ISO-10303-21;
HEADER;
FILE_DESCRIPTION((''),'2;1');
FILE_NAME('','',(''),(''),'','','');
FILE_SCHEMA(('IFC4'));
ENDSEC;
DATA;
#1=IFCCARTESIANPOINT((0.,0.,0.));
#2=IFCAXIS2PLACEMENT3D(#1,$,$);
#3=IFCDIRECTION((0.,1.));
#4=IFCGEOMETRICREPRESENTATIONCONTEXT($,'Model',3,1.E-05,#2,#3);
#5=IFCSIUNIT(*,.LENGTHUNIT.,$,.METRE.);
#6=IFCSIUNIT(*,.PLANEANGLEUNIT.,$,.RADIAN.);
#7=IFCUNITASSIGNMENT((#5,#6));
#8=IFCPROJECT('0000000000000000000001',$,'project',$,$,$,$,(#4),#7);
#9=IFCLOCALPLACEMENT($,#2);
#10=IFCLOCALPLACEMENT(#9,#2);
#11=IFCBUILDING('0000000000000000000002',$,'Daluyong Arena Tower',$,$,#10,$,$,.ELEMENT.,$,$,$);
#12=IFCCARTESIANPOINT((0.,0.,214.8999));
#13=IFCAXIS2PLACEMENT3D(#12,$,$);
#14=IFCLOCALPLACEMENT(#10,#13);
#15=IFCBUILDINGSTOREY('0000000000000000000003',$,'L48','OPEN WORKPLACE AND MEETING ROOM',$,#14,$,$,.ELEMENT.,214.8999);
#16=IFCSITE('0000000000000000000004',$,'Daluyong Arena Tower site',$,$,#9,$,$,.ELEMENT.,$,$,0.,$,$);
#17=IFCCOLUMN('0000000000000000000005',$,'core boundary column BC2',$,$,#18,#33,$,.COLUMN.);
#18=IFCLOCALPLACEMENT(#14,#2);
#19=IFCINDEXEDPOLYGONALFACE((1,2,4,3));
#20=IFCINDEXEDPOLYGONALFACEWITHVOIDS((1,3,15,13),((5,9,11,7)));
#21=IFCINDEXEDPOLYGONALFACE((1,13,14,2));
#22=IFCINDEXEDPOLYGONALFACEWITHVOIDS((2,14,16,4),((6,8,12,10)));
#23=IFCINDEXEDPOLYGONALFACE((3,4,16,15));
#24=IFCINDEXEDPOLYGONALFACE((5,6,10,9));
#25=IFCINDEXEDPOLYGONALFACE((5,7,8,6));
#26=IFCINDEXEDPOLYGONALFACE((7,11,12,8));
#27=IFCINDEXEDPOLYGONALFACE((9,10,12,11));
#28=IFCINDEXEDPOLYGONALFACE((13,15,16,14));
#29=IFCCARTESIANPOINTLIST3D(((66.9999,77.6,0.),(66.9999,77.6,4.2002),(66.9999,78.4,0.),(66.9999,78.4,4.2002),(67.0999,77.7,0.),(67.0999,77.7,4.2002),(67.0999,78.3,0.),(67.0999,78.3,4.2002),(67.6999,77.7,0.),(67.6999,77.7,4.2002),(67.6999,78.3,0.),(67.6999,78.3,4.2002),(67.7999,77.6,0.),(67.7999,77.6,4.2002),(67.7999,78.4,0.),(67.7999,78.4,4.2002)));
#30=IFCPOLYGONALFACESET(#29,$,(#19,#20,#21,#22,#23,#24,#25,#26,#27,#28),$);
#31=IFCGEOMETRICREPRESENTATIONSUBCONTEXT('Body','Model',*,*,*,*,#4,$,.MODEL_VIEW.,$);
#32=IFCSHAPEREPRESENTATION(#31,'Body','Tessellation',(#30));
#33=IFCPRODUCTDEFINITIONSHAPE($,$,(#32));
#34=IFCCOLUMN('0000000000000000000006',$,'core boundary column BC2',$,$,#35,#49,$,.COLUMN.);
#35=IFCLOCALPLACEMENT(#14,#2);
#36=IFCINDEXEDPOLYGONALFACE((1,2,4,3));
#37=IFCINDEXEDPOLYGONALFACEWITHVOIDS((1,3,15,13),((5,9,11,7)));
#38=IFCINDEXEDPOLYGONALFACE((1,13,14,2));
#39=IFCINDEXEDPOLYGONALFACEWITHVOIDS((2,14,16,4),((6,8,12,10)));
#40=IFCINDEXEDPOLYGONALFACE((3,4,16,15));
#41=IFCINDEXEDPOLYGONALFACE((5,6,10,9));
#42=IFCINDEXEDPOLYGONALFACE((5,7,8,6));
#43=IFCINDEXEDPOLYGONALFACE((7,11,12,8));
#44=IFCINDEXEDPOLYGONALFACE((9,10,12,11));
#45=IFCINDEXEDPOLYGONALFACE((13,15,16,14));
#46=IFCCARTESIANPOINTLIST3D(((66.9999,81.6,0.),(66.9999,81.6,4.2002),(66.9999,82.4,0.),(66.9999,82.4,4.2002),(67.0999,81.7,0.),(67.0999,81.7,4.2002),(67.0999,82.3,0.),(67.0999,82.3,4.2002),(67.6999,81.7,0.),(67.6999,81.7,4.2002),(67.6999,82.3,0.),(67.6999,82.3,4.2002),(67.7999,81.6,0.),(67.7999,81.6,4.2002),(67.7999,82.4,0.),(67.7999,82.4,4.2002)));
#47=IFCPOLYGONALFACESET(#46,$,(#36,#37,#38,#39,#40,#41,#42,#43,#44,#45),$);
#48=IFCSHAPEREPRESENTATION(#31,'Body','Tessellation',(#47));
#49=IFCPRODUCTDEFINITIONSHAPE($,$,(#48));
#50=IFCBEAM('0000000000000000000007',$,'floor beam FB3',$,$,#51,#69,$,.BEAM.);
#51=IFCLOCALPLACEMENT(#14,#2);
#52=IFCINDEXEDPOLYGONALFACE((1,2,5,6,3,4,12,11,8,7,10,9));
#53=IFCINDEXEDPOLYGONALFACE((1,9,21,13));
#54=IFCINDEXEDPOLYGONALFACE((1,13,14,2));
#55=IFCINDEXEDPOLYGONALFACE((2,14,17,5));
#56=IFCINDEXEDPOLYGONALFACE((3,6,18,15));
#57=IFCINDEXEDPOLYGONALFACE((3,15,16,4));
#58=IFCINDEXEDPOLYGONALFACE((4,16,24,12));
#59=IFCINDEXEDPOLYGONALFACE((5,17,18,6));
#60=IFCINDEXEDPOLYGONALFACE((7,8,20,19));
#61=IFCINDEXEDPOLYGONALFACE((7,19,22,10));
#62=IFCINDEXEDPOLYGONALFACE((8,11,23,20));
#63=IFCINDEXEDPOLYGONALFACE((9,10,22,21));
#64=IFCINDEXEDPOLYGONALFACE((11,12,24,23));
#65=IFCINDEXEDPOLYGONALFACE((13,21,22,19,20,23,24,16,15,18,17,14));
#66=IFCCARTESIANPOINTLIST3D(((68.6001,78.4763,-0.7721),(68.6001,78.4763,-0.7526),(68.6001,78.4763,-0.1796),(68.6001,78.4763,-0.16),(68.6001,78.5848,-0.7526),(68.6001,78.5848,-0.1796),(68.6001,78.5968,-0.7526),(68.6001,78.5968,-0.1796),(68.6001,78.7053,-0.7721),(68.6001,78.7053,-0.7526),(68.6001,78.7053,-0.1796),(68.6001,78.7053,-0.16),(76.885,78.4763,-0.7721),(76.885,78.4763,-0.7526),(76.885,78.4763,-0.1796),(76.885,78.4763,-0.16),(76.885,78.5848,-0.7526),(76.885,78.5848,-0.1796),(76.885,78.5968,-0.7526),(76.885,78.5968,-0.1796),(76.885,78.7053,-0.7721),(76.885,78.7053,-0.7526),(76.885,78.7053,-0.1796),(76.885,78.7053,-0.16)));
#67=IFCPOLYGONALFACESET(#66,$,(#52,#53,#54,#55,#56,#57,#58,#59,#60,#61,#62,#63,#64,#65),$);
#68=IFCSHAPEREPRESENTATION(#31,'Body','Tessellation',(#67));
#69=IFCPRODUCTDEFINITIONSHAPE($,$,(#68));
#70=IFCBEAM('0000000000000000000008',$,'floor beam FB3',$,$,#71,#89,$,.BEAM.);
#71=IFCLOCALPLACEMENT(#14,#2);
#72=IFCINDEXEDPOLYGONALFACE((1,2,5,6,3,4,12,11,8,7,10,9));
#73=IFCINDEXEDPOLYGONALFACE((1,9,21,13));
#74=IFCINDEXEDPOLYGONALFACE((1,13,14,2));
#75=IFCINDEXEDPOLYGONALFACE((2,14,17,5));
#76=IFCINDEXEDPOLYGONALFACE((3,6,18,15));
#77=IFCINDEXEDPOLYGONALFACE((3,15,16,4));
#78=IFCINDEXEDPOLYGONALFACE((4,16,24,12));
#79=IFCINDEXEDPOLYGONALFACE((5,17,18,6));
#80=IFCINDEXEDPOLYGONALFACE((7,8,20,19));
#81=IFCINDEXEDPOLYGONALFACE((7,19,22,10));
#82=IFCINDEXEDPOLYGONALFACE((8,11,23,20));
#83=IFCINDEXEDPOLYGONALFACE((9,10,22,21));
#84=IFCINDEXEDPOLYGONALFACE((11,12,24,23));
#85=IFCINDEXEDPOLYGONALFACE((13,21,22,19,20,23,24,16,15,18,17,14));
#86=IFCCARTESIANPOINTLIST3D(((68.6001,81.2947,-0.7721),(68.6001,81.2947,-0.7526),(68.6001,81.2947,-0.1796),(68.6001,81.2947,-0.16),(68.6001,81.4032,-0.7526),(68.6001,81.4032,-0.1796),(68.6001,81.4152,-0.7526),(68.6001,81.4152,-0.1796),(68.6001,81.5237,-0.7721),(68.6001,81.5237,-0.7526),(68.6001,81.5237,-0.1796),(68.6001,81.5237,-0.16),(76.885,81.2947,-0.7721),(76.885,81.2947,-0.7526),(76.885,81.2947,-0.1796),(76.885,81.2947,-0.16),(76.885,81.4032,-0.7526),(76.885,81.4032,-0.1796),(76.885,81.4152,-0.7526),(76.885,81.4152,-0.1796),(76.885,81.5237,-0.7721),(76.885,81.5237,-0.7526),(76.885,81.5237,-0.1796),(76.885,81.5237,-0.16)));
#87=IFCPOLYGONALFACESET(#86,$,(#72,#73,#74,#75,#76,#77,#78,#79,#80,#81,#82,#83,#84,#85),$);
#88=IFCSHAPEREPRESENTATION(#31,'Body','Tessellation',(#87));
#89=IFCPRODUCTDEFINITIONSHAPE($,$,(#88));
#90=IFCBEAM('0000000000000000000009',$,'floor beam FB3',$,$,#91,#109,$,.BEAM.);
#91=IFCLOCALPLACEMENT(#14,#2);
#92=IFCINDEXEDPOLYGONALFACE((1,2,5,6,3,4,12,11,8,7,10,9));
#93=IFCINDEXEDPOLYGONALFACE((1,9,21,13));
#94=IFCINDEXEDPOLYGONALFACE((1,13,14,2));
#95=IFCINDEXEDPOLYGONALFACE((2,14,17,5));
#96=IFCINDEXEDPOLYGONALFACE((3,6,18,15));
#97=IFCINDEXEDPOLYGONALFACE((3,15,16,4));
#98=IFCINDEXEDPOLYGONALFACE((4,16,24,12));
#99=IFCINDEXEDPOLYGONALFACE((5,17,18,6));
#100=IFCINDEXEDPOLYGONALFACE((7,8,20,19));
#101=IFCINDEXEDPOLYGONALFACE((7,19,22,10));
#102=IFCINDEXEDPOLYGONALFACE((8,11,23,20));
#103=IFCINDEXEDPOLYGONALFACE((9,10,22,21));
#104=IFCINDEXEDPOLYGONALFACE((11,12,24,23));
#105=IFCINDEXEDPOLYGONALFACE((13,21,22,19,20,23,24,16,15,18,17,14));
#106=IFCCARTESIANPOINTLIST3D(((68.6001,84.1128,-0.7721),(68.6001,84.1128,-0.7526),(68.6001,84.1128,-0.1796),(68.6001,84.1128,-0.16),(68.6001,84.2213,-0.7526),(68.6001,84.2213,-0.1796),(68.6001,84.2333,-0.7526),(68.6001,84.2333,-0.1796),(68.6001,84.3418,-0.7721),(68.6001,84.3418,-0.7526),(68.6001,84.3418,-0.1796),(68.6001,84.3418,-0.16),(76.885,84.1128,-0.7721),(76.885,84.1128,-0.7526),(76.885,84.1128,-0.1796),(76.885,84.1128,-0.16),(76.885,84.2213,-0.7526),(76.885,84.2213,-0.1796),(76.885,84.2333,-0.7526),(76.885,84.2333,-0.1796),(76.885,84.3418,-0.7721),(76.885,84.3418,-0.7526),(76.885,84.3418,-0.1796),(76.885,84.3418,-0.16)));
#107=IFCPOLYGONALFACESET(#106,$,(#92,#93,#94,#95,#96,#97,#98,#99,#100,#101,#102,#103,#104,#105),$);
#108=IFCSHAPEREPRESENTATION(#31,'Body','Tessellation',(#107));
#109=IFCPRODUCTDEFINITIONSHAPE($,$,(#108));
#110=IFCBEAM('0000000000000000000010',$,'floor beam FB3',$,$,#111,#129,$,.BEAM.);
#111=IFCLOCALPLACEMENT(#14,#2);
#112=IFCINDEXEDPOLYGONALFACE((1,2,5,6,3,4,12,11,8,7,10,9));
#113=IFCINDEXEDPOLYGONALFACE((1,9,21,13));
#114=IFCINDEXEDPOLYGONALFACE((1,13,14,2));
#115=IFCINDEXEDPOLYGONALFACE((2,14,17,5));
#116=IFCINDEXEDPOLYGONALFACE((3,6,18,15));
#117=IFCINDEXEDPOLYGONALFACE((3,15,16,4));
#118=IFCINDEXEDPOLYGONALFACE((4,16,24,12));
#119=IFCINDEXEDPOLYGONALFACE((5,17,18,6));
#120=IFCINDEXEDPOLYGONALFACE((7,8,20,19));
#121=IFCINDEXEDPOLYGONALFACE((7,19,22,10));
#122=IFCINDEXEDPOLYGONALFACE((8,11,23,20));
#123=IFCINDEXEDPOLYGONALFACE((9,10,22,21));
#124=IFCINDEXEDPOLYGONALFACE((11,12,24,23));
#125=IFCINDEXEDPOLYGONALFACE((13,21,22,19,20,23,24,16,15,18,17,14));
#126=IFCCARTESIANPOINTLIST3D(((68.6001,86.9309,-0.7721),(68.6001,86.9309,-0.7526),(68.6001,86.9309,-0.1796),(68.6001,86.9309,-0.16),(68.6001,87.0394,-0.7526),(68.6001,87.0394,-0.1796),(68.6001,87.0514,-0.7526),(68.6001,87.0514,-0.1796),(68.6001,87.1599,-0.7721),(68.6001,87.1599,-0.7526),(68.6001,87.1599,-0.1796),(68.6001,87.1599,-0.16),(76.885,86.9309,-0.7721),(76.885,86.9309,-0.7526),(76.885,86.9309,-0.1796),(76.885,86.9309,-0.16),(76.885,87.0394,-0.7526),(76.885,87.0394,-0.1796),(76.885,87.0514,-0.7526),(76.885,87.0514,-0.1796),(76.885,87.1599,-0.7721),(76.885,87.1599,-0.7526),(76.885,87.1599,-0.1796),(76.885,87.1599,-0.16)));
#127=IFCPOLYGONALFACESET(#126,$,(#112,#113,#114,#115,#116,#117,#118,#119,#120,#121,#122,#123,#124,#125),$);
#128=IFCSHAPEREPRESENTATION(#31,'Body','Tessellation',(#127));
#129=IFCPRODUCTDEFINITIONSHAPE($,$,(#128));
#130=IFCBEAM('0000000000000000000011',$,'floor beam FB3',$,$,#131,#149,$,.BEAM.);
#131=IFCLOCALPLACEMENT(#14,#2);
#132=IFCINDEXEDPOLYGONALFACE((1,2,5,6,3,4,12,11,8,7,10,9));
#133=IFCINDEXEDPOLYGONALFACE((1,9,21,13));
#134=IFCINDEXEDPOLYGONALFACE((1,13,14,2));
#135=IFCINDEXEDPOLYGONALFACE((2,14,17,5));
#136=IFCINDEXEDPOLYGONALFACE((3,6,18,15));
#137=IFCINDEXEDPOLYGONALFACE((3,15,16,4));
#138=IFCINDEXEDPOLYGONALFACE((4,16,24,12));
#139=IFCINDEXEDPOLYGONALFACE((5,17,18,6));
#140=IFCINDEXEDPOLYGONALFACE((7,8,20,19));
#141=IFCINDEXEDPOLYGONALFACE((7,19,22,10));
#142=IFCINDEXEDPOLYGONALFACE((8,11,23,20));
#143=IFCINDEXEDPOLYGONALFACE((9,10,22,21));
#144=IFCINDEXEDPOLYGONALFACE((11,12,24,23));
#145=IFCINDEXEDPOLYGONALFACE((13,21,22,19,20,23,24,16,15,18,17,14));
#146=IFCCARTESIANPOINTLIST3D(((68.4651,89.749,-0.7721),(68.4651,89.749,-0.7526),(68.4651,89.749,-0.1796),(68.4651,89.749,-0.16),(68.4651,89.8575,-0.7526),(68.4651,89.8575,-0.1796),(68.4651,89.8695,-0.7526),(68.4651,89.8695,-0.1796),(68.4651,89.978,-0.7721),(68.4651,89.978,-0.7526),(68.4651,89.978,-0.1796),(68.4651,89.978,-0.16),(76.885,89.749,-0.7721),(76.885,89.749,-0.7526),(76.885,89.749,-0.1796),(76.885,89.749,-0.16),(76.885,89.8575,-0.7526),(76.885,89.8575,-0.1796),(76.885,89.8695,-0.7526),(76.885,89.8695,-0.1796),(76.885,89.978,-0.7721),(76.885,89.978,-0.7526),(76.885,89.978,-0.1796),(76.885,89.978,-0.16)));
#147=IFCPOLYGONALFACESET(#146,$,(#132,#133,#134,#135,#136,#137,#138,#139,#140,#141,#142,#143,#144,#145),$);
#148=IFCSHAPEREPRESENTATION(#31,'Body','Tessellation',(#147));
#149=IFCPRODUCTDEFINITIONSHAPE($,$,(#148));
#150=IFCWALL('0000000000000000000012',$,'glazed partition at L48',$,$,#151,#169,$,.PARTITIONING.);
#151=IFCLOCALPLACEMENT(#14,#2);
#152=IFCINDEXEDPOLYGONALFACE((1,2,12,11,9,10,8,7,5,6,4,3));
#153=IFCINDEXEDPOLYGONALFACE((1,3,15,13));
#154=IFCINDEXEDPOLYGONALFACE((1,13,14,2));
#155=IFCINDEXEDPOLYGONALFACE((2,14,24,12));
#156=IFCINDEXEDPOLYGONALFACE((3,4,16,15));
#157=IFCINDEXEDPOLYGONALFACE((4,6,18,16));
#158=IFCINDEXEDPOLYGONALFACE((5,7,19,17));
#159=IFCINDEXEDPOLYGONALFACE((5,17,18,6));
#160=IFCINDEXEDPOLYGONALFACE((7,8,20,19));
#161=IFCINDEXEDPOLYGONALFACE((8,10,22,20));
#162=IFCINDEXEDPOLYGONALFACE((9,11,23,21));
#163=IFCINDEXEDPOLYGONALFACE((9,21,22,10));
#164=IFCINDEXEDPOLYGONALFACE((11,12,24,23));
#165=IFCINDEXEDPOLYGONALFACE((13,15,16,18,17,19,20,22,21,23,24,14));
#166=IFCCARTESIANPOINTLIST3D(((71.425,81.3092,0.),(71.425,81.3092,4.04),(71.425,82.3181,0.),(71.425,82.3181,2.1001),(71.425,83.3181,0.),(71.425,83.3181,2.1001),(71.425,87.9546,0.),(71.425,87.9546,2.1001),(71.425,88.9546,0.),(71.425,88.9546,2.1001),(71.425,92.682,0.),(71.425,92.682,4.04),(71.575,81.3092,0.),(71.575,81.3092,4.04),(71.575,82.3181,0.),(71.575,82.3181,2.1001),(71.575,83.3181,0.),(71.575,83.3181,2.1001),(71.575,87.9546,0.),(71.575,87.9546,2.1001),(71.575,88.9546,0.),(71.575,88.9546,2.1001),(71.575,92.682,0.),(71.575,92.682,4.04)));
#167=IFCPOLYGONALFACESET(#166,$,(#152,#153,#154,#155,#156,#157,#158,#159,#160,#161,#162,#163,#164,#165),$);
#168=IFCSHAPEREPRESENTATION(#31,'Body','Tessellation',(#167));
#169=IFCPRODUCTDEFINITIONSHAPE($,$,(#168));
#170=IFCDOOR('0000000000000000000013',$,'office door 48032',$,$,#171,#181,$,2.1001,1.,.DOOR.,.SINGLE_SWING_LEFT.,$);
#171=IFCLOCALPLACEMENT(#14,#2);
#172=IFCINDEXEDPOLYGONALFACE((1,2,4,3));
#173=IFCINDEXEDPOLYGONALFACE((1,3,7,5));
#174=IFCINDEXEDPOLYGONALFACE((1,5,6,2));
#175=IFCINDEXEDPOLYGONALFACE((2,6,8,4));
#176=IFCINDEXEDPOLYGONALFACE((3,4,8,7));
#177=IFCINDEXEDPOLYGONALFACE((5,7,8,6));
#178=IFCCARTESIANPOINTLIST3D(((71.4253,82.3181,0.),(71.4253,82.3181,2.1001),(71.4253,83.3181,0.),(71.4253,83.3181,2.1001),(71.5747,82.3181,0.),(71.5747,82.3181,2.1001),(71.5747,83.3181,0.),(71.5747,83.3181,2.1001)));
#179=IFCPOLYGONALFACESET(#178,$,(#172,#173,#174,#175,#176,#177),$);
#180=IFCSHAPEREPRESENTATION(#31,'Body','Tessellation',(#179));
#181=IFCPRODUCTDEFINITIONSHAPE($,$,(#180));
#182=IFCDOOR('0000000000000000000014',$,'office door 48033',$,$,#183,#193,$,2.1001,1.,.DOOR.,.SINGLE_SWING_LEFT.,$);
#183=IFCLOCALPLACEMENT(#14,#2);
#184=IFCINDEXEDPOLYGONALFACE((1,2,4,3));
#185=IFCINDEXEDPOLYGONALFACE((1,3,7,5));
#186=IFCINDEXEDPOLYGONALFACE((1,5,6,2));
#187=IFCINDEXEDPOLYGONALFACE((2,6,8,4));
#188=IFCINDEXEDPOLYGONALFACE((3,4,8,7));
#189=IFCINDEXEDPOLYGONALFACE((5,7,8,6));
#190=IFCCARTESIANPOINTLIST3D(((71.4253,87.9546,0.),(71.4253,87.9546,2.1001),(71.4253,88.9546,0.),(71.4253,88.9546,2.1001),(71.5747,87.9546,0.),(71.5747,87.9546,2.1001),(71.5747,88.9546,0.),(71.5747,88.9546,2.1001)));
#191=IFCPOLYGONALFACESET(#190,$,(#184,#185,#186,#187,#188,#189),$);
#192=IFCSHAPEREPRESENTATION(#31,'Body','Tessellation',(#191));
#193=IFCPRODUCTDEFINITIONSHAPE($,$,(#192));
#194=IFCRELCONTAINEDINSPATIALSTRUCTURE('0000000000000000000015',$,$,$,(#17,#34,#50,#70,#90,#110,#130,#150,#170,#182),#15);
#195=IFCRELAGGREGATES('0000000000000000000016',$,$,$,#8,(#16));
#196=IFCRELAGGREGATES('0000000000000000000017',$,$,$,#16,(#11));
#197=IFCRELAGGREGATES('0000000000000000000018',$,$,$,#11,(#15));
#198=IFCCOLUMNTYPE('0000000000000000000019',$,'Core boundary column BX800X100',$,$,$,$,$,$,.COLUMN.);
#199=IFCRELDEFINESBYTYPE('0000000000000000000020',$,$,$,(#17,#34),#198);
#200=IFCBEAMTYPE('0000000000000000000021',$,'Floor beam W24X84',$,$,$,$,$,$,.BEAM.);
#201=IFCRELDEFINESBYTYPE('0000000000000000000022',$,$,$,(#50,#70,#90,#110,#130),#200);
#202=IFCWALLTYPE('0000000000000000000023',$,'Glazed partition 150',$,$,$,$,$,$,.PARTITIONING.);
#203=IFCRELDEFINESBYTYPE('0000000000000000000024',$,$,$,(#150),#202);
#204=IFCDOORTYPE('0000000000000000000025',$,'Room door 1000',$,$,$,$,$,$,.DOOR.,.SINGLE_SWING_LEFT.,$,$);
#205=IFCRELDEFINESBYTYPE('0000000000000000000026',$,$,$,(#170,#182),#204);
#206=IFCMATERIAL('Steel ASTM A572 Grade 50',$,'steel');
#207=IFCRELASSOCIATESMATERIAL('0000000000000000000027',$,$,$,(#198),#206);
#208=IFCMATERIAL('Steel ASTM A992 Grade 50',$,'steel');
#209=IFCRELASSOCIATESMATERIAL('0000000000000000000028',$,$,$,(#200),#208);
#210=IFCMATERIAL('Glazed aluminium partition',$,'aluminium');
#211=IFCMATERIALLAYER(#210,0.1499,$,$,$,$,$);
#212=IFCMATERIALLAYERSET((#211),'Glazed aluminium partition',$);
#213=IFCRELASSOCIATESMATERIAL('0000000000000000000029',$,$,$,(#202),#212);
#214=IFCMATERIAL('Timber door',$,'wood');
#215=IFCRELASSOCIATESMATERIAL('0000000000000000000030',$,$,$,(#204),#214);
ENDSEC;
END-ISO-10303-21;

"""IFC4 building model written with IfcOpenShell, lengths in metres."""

from ifc_helpers import new_model, si_unit, direction, frame, frame_2d, origin, origin_2d, place, context, subcontext, project, spatial, rectangle, hollow_rectangle, i_section, extrude, material, layer, layer_set, material_profile, profile_set, type_object, element, fill, save


model = new_model("IFC4")

# Units and contexts
model_context = context("Model", 3, precision=1e-05, world=origin(), true_north=direction((0.0, 1.0)))
body_context = subcontext(model_context, "Body", "Model", "MODEL_VIEW")
ifc_project = project(units=[si_unit("LENGTHUNIT", "METRE"), si_unit("PLANEANGLEUNIT", "RADIAN")], contexts=[model_context])

# Site, building, storey
site_placement = place(None, origin())
site = spatial("IfcSite", under=ifc_project, at=site_placement, Name="Daluyong Arena Tower site", CompositionType="ELEMENT", RefElevation=0.0)
building_placement = place(site_placement, origin())
building = spatial("IfcBuilding", under=site, at=building_placement, Name="Daluyong Arena Tower", CompositionType="ELEMENT")
storey_placement = place(building_placement, frame((0.0, 0.0, 214.8999)))
storey = spatial("IfcBuildingStorey", under=building, at=storey_placement, Name="L48", Description="OPEN WORKPLACE AND MEETING ROOM", CompositionType="ELEMENT", Elevation=214.8999)

# Columns
ifc_material_1 = material(Name="Steel ASTM A572 Grade 50", Category="steel")
ifc_material_profile_1 = material_profile(ifc_material_1, hollow_rectangle(XDim=0.8, YDim=0.8, WallThickness=0.1, at=origin_2d()))
ifc_profile_set_1 = profile_set([ifc_material_profile_1], Name="Steel ASTM A572 Grade 50")
column_type = type_object("IfcColumnType", Name="Core boundary column BX800X100", PredefinedType="COLUMN", material=ifc_profile_set_1)
for number, where, z_axis, x_axis, name in (
    (1, (67.3999, 78.0, 0.0), (0.0, 0.0, 1.0), (1.0, 0.0, 0.0), "core boundary column BC2"),
    (2, (67.3999, 82.0, 0.0), (0.0, 0.0, 1.0), (1.0, 0.0, 0.0), "core boundary column BC2"),
):
    element("IfcColumn", number, at=place(storey_placement, frame(where, z_axis=z_axis, x_axis=x_axis)), inside=storey, type_object=column_type, Name=name, PredefinedType="COLUMN", context=body_context, shape_type="SweptSolid", body=[
        extrude(hollow_rectangle(XDim=0.8, YDim=0.8, WallThickness=0.1, at=origin_2d()), origin(), (0.0, 0.0, 1.0), 4.2002),
    ])

# Beams
ifc_material_2 = material(Name="Steel ASTM A992 Grade 50", Category="steel")
ifc_material_profile_2 = material_profile(ifc_material_2, i_section(OverallWidth=0.229, OverallDepth=0.6121, WebThickness=0.012, FlangeThickness=0.0195, at=origin_2d()))
ifc_profile_set_2 = profile_set([ifc_material_profile_2], Name="Steel ASTM A992 Grade 50")
beam_type = type_object("IfcBeamType", Name="Floor beam W24X84", PredefinedType="BEAM", material=ifc_profile_set_2)
for number, where, z_axis, x_axis, name in (
    (3, (76.885, 78.5908, -0.4661), (-1.0, 0.0, 0.0), (0.0, -1.0, 0.0), "floor beam FB3"),
    (4, (76.885, 81.4092, -0.4661), (-1.0, 0.0, 0.0), (0.0, -1.0, 0.0), "floor beam FB3"),
    (5, (76.885, 84.2273, -0.4661), (-1.0, 0.0, 0.0), (0.0, -1.0, 0.0), "floor beam FB3"),
    (6, (76.885, 87.0454, -0.4661), (-1.0, 0.0, 0.0), (0.0, -1.0, 0.0), "floor beam FB3"),
):
    element("IfcBeam", number, at=place(storey_placement, frame(where, z_axis=z_axis, x_axis=x_axis)), inside=storey, type_object=beam_type, Name=name, PredefinedType="BEAM", context=body_context, shape_type="SweptSolid", body=[
        extrude(i_section(OverallWidth=0.229, OverallDepth=0.6121, WebThickness=0.012, FlangeThickness=0.0195, at=origin_2d()), origin(), (0.0, 0.0, 1.0), 8.2849),
    ])
beam_placement = place(storey_placement, frame((76.885, 89.8635, -0.4661), z_axis=(-1.0, 0.0, 0.0), x_axis=(0.0, -1.0, 0.0)))
element("IfcBeam", 7, at=beam_placement, inside=storey, type_object=beam_type, Name="floor beam FB3", PredefinedType="BEAM", context=body_context, shape_type="SweptSolid", body=[
    extrude(i_section(OverallWidth=0.229, OverallDepth=0.6121, WebThickness=0.012, FlangeThickness=0.0195, at=origin_2d()), origin(), (0.0, 0.0, 1.0), 8.4199),
])

# Wall, openings, doors
ifc_material_3 = material(Name="Glazed aluminium partition", Category="aluminium")
ifc_layer_1 = layer(ifc_material_3, 0.1499)
ifc_layer_set_1 = layer_set([ifc_layer_1], Name="Glazed aluminium partition")
wall_type_1 = type_object("IfcWallType", Name="Glazed partition 150", PredefinedType="PARTITIONING", material=ifc_layer_set_1)
wall_1_placement = place(storey_placement, frame((71.5, 81.3091, 0.0), z_axis=(0.0, 0.0, 1.0), x_axis=(0.0, 1.0, 0.0)))
wall_1 = element("IfcWall", 8, at=wall_1_placement, inside=storey, type_object=wall_type_1, Name="glazed partition at L48", PredefinedType="PARTITIONING", context=body_context, shape_type="SweptSolid", body=[
    extrude(rectangle(XDim=11.3728, YDim=0.1499, at=frame_2d((5.6865, 0.0))), origin(), (0.0, 0.0, 1.0), 4.04),
])
opening_1_placement = place(wall_1_placement, frame((1.009, 0.0, 0.0)))
opening_1 = element("IfcOpeningElement", 9, at=opening_1_placement, cuts=wall_1, PredefinedType="OPENING", context=body_context, shape_type="SweptSolid", body=[
    extrude(rectangle(XDim=1.0, YDim=2.1001, at=frame_2d((0.5, 1.05))), frame((0.0, 0.085, 0.0), z_axis=(0.0, -1.0, 0.0), x_axis=(1.0, 0.0, 0.0)), (0.0, 0.0, 1.0), 0.1699),
])
opening_2_placement = place(wall_1_placement, frame((6.6455, 0.0, 0.0)))
opening_2 = element("IfcOpeningElement", 10, at=opening_2_placement, cuts=wall_1, PredefinedType="OPENING", context=body_context, shape_type="SweptSolid", body=[
    extrude(rectangle(XDim=1.0, YDim=2.1001, at=frame_2d((0.5, 1.05))), frame((0.0, 0.085, 0.0), z_axis=(0.0, -1.0, 0.0), x_axis=(1.0, 0.0, 0.0)), (0.0, 0.0, 1.0), 0.1699),
])
ifc_material_4 = material(Name="Timber door", Category="wood")
door_type = type_object("IfcDoorType", Name="Room door 1000", OperationType="SINGLE_SWING_LEFT", PredefinedType="DOOR", material=ifc_material_4)
door_1_placement = place(opening_1_placement, origin())
door_1 = element("IfcDoor", 11, at=door_1_placement, inside=storey, type_object=door_type, Name="office door 48032", OperationType="SINGLE_SWING_LEFT", OverallHeight=2.1001, OverallWidth=1.0, PredefinedType="DOOR", context=body_context, shape_type="SweptSolid", body=[
    extrude(rectangle(XDim=1.0, YDim=2.1001, at=frame_2d((0.5, 1.05))), frame((0.0, 0.0747, 0.0), z_axis=(0.0, -1.0, 0.0), x_axis=(1.0, 0.0, 0.0)), (0.0, 0.0, 1.0), 0.1494),
])
fill(opening_1, door_1)
door_2_placement = place(opening_2_placement, origin())
door_2 = element("IfcDoor", 12, at=door_2_placement, inside=storey, type_object=door_type, Name="office door 48033", OperationType="SINGLE_SWING_LEFT", OverallHeight=2.1001, OverallWidth=1.0, PredefinedType="DOOR", context=body_context, shape_type="SweptSolid", body=[
    extrude(rectangle(XDim=1.0, YDim=2.1001, at=frame_2d((0.5, 1.05))), frame((0.0, 0.0747, 0.0), z_axis=(0.0, -1.0, 0.0), x_axis=(1.0, 0.0, 0.0)), (0.0, 0.0, 1.0), 0.1494),
])
fill(opening_2, door_2)

save(model, "model.ifc")
